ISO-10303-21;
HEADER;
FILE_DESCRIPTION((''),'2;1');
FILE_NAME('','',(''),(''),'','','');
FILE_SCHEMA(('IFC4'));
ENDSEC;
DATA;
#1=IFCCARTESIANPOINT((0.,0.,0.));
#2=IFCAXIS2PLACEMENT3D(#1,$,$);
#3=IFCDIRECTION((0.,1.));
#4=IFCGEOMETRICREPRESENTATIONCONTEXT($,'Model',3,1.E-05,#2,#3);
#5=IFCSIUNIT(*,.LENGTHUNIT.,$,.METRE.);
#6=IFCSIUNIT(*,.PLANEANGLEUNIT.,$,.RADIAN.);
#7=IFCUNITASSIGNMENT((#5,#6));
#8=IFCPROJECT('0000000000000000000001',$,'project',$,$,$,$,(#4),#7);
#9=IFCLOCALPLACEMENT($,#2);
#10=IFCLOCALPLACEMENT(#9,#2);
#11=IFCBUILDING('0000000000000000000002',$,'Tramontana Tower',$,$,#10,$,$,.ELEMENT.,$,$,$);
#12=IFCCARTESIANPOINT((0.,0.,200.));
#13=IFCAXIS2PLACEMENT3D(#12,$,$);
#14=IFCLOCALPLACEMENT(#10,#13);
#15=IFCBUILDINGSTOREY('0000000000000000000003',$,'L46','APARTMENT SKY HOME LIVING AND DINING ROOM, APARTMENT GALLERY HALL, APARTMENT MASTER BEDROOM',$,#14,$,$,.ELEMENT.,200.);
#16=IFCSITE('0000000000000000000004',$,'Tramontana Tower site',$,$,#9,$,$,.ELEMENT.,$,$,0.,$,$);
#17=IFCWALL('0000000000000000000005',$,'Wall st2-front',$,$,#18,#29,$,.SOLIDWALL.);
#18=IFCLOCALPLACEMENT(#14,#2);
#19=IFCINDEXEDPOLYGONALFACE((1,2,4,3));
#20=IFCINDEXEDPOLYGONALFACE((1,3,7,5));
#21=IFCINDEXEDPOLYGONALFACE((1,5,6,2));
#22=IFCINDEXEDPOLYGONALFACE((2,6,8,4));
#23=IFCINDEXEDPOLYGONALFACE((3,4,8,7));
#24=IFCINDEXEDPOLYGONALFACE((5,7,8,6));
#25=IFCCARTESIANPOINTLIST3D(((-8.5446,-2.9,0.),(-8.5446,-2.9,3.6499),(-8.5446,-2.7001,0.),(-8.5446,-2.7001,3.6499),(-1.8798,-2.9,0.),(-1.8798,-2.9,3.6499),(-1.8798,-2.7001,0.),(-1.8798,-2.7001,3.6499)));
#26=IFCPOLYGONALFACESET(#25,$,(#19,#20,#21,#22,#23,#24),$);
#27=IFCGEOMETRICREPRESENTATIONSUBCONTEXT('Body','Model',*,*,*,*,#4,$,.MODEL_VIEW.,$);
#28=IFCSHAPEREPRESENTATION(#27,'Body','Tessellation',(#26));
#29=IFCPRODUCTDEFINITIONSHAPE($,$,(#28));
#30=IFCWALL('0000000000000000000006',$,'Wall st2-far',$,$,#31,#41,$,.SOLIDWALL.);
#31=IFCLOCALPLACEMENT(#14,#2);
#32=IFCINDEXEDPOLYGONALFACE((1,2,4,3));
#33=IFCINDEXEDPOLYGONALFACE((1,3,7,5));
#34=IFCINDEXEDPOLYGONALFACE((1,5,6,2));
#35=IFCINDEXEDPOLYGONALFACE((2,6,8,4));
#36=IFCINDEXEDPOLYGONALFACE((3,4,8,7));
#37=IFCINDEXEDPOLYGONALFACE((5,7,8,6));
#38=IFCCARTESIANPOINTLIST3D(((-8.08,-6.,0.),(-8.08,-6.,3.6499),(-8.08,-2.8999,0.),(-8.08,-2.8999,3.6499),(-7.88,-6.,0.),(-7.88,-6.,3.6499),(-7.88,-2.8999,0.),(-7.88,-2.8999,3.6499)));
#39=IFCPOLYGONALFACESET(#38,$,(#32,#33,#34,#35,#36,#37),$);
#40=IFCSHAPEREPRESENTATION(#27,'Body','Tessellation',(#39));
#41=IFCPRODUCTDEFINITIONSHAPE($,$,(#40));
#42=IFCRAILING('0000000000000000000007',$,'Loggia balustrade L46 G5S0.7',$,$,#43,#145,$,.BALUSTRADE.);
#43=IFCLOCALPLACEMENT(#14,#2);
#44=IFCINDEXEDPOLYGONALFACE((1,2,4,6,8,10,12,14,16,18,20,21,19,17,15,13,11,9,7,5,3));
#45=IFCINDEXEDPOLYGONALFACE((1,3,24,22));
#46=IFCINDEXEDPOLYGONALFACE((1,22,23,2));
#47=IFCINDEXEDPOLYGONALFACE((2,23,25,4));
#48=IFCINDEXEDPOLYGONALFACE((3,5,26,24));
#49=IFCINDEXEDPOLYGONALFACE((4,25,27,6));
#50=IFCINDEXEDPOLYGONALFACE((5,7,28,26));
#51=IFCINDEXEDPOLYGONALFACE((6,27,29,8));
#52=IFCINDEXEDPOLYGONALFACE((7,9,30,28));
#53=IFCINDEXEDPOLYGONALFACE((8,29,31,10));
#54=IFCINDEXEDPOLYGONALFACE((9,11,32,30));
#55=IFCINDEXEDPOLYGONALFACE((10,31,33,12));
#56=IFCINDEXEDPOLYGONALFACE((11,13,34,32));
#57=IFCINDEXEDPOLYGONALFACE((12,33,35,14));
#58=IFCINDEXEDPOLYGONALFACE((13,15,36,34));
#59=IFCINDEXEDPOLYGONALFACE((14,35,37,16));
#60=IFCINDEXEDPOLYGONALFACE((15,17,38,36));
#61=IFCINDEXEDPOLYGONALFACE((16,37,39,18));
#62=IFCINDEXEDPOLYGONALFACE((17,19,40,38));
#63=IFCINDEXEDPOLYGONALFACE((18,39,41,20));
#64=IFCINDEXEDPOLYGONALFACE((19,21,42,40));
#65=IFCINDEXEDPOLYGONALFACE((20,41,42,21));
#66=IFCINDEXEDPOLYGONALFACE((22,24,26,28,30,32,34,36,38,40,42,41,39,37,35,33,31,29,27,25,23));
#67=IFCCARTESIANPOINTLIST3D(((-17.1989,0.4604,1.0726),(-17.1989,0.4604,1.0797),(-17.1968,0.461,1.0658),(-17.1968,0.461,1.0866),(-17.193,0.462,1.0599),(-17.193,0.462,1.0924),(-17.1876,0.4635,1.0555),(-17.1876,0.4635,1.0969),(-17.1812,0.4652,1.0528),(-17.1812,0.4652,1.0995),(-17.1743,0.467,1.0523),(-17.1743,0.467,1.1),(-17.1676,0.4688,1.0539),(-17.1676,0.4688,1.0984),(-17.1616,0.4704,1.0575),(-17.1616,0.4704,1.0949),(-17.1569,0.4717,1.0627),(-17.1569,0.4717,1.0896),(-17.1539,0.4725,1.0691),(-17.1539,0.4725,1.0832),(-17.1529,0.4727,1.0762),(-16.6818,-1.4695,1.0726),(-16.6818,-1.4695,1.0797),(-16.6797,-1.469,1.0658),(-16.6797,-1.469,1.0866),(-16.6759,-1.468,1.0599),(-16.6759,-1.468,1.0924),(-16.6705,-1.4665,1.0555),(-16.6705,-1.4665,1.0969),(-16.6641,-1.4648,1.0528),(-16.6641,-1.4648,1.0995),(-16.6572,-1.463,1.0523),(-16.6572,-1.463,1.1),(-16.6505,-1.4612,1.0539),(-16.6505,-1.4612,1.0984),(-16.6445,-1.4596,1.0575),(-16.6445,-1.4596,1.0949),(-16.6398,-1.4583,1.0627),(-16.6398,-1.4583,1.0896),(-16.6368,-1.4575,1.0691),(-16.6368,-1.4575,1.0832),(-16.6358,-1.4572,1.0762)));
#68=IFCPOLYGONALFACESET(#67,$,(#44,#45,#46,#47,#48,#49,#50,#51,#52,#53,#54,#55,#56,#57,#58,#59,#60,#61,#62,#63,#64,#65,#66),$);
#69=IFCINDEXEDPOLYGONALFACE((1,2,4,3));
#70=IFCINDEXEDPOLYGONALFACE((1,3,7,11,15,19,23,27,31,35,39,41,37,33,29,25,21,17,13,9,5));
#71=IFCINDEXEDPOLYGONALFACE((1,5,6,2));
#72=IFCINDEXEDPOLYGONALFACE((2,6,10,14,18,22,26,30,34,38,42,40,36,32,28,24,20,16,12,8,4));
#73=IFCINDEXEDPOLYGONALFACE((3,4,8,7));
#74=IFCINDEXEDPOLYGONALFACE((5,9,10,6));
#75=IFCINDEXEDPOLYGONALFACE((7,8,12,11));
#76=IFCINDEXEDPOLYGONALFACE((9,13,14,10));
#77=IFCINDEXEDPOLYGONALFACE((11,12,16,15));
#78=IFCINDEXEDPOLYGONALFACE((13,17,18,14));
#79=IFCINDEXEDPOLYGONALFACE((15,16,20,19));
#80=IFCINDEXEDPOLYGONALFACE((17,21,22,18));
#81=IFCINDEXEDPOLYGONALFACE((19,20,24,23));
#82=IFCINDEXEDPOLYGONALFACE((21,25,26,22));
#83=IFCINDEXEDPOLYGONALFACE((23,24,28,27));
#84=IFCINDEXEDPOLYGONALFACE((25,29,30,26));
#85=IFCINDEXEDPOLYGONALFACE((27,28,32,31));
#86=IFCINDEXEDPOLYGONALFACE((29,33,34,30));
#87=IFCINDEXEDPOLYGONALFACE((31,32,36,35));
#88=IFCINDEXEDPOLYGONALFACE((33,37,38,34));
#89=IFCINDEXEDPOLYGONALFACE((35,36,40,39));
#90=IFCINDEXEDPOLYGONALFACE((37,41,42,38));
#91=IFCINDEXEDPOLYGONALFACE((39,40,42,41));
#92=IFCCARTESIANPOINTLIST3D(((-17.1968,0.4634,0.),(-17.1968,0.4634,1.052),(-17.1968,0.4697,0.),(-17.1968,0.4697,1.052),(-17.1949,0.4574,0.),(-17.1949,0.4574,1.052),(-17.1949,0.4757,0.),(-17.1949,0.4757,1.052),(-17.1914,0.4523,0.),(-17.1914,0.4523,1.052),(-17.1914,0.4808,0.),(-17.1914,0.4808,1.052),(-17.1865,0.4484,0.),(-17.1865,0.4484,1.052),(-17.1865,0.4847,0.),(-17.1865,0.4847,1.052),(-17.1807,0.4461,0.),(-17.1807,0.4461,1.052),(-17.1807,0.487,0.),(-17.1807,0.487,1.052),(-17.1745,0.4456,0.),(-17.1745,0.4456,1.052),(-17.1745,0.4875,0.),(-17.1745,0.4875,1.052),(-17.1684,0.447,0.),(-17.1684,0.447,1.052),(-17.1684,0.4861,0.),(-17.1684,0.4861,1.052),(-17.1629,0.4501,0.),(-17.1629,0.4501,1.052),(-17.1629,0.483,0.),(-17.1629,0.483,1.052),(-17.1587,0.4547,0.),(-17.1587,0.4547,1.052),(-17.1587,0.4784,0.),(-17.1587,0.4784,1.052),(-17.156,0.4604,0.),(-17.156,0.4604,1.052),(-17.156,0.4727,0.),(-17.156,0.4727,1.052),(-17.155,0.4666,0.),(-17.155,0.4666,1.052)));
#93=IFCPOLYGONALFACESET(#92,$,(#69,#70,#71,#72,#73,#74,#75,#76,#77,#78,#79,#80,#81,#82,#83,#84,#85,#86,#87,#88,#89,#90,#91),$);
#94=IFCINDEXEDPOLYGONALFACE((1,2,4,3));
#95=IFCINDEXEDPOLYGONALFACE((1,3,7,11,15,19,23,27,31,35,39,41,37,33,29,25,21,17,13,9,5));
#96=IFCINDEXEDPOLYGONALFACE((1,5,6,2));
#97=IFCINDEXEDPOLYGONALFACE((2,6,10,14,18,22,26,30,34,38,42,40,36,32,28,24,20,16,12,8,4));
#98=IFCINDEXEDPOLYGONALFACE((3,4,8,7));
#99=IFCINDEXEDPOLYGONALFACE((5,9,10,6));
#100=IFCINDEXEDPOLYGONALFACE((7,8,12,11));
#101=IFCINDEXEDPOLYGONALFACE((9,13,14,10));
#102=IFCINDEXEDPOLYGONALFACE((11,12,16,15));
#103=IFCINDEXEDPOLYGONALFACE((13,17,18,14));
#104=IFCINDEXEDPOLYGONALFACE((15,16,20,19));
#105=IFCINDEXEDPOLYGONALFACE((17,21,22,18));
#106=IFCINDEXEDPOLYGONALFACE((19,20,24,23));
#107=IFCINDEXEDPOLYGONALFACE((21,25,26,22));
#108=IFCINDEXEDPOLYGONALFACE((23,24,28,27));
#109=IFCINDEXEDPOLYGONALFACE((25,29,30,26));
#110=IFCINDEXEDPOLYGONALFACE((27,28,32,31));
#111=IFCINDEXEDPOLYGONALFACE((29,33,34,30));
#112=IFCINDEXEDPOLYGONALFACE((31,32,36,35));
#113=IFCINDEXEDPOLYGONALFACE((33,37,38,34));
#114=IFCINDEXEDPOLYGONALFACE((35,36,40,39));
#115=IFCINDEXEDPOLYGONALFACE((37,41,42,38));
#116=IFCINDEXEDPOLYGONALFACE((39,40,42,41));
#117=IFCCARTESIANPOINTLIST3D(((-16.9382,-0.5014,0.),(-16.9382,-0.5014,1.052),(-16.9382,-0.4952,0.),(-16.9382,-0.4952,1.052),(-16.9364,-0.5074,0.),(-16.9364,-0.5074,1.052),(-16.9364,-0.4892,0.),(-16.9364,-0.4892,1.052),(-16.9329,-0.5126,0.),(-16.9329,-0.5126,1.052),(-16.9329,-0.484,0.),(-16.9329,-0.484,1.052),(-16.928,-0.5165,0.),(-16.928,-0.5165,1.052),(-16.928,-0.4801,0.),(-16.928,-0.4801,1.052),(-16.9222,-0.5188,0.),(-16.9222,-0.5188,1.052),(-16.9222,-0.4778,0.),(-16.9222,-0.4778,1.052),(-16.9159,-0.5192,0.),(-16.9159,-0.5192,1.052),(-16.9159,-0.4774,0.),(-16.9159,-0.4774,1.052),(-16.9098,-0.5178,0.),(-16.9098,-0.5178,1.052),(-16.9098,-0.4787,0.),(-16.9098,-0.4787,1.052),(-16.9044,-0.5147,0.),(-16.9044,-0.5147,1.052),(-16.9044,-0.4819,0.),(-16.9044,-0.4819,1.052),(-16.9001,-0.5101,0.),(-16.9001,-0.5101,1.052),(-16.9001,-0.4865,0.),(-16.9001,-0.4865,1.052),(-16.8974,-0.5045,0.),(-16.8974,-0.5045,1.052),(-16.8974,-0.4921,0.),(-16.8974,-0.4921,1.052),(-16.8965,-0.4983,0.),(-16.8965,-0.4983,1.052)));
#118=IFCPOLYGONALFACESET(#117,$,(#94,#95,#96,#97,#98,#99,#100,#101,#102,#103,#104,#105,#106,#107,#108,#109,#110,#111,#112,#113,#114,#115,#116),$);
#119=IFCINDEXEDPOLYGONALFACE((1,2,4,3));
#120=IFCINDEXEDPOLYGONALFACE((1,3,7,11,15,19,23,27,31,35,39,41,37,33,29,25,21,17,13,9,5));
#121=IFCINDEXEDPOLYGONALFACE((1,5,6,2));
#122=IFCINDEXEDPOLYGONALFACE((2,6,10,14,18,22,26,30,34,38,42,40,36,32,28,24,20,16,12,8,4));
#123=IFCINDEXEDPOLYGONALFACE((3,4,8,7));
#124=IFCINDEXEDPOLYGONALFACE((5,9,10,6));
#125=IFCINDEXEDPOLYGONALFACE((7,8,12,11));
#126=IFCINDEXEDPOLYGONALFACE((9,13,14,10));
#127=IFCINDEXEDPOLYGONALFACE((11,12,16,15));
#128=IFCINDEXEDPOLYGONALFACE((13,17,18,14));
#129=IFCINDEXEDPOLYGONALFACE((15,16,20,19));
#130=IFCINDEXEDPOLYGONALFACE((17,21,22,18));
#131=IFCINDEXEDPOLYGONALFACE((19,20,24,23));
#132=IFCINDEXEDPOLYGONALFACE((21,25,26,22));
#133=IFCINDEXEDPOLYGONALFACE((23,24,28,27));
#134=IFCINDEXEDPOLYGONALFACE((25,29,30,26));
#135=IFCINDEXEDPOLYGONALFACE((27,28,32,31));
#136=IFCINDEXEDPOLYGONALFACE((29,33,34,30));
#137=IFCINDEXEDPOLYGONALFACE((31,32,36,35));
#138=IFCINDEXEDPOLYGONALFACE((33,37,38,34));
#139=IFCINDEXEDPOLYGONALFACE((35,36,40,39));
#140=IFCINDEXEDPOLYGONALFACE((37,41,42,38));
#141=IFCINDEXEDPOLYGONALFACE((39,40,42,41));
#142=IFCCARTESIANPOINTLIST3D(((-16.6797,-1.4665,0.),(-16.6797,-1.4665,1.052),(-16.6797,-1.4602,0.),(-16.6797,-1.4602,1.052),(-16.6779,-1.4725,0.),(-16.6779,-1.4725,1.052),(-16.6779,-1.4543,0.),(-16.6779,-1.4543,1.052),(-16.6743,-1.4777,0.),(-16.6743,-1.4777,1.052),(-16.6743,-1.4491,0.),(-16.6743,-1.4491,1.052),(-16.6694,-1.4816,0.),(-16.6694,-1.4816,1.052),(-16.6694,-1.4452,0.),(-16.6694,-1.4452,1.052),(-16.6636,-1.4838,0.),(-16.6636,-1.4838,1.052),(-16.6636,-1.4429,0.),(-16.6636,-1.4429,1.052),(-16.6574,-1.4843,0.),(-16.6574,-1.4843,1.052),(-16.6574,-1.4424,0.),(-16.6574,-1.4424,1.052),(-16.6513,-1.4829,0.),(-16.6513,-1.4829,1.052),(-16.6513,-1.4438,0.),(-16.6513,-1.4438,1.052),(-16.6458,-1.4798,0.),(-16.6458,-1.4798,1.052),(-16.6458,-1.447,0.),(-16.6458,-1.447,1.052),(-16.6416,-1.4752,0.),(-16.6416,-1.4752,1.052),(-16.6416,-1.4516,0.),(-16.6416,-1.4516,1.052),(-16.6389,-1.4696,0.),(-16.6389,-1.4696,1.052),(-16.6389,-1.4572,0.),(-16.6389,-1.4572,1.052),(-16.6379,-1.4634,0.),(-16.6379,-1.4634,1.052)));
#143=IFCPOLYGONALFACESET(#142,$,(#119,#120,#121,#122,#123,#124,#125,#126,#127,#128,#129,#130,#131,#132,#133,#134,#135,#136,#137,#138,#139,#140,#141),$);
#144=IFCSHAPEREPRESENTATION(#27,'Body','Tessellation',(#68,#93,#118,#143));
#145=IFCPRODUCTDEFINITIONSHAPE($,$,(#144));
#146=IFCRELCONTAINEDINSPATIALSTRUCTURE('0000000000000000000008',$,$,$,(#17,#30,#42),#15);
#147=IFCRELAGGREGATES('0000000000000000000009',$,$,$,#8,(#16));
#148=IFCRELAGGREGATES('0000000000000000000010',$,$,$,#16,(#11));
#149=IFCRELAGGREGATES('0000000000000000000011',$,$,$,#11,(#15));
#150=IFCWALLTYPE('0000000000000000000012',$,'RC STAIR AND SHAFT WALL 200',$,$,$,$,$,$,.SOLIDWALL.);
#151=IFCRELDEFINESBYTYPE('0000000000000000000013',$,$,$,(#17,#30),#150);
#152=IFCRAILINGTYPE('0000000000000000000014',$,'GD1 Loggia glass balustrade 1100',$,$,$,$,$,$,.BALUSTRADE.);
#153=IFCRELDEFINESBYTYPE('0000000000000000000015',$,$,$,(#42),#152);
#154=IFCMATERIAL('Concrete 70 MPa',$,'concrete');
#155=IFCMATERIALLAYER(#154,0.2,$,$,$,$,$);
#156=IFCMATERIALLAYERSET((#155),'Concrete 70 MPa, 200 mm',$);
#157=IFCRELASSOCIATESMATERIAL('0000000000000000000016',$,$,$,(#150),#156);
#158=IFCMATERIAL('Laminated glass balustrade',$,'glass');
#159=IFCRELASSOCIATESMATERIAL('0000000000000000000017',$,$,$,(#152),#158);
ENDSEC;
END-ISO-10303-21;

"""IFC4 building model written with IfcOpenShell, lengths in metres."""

from ifc_helpers import new_model, si_unit, direction, frame, frame_2d, origin, origin_2d, place, context, subcontext, project, spatial, rectangle, circle, extrude, material, layer, layer_set, type_object, element, save


model = new_model("IFC4")

# Units and contexts
model_context = context("Model", 3, precision=1e-05, world=origin(), true_north=direction((0.0, 1.0)))
body_context = subcontext(model_context, "Body", "Model", "MODEL_VIEW")
ifc_project = project(units=[si_unit("LENGTHUNIT", "METRE"), si_unit("PLANEANGLEUNIT", "RADIAN")], contexts=[model_context])

# Site, building, storey
site_placement = place(None, origin())
site = spatial("IfcSite", under=ifc_project, at=site_placement, Name="Tramontana Tower site", CompositionType="ELEMENT", RefElevation=0.0)
building_placement = place(site_placement, origin())
building = spatial("IfcBuilding", under=site, at=building_placement, Name="Tramontana Tower", CompositionType="ELEMENT")
storey_placement = place(building_placement, frame((0.0, 0.0, 200.0)))
storey = spatial("IfcBuildingStorey", under=building, at=storey_placement, Name="L46", Description="APARTMENT SKY HOME LIVING AND DINING ROOM, APARTMENT GALLERY HALL, APARTMENT MASTER BEDROOM", CompositionType="ELEMENT", Elevation=200.0)

# Walls
ifc_material_1 = material(Name="Concrete 70 MPa", Category="concrete")
ifc_layer_1 = layer(ifc_material_1, 0.2)
ifc_layer_set_1 = layer_set([ifc_layer_1], Name="Concrete 70 MPa, 200 mm")
wall_type_1 = type_object("IfcWallType", Name="RC STAIR AND SHAFT WALL 200", PredefinedType="SOLIDWALL", material=ifc_layer_set_1)
wall_1_placement = place(storey_placement, frame((-8.5447, -2.8, 0.0), z_axis=(0.0, 0.0, 1.0), x_axis=(1.0, 0.0, 0.0)))
element("IfcWall", 1, at=wall_1_placement, inside=storey, type_object=wall_type_1, Name="Wall st2-front", PredefinedType="SOLIDWALL", context=body_context, shape_type="SweptSolid", body=[
    extrude(rectangle(XDim=6.6648, YDim=0.2, at=frame_2d((3.3325, 0.0))), origin(), (0.0, 0.0, 1.0), 3.6499),
])
wall_2_placement = place(storey_placement, frame((-7.98, -2.8999, 0.0), z_axis=(0.0, 0.0, 1.0), x_axis=(0.0, -1.0, 0.0)))
element("IfcWall", 2, at=wall_2_placement, inside=storey, type_object=wall_type_1, Name="Wall st2-far", PredefinedType="SOLIDWALL", context=body_context, shape_type="SweptSolid", body=[
    extrude(rectangle(XDim=3.1001, YDim=0.2, at=frame_2d((1.55, 0.0))), origin(), (0.0, 0.0, 1.0), 3.6499),
])

# Railing
ifc_material_2 = material(Name="Laminated glass balustrade", Category="glass")
railing_type = type_object("IfcRailingType", Name="GD1 Loggia glass balustrade 1100", PredefinedType="BALUSTRADE", material=ifc_material_2)
railing_placement = place(storey_placement, frame((-17.176, 0.4666, 0.0)))
element("IfcRailing", 3, at=railing_placement, inside=storey, type_object=railing_type, Name="Loggia balustrade L46 G5S0.7", PredefinedType="BALUSTRADE", context=body_context, shape_type="SweptSolid", body=[
    extrude(circle(Radius=0.0239, at=origin_2d()), frame((0.0, 0.0, 1.0762), z_axis=(0.258803, -0.96593, 0.0), x_axis=(0.96593, 0.258803, 0.0)), (0.0, 0.0, 1.0), 1.998),
    extrude(circle(Radius=0.021, at=origin_2d()), origin(), (0.0, 0.0, 1.0), 1.052),
    extrude(circle(Radius=0.021, at=origin_2d()), frame((0.2585, -0.9648, 0.0)), (0.0, 0.0, 1.0), 1.052),
    extrude(circle(Radius=0.021, at=origin_2d()), frame((0.5171, -1.9299, 0.0)), (0.0, 0.0, 1.0), 1.052),
])

save(model, "model.ifc")
